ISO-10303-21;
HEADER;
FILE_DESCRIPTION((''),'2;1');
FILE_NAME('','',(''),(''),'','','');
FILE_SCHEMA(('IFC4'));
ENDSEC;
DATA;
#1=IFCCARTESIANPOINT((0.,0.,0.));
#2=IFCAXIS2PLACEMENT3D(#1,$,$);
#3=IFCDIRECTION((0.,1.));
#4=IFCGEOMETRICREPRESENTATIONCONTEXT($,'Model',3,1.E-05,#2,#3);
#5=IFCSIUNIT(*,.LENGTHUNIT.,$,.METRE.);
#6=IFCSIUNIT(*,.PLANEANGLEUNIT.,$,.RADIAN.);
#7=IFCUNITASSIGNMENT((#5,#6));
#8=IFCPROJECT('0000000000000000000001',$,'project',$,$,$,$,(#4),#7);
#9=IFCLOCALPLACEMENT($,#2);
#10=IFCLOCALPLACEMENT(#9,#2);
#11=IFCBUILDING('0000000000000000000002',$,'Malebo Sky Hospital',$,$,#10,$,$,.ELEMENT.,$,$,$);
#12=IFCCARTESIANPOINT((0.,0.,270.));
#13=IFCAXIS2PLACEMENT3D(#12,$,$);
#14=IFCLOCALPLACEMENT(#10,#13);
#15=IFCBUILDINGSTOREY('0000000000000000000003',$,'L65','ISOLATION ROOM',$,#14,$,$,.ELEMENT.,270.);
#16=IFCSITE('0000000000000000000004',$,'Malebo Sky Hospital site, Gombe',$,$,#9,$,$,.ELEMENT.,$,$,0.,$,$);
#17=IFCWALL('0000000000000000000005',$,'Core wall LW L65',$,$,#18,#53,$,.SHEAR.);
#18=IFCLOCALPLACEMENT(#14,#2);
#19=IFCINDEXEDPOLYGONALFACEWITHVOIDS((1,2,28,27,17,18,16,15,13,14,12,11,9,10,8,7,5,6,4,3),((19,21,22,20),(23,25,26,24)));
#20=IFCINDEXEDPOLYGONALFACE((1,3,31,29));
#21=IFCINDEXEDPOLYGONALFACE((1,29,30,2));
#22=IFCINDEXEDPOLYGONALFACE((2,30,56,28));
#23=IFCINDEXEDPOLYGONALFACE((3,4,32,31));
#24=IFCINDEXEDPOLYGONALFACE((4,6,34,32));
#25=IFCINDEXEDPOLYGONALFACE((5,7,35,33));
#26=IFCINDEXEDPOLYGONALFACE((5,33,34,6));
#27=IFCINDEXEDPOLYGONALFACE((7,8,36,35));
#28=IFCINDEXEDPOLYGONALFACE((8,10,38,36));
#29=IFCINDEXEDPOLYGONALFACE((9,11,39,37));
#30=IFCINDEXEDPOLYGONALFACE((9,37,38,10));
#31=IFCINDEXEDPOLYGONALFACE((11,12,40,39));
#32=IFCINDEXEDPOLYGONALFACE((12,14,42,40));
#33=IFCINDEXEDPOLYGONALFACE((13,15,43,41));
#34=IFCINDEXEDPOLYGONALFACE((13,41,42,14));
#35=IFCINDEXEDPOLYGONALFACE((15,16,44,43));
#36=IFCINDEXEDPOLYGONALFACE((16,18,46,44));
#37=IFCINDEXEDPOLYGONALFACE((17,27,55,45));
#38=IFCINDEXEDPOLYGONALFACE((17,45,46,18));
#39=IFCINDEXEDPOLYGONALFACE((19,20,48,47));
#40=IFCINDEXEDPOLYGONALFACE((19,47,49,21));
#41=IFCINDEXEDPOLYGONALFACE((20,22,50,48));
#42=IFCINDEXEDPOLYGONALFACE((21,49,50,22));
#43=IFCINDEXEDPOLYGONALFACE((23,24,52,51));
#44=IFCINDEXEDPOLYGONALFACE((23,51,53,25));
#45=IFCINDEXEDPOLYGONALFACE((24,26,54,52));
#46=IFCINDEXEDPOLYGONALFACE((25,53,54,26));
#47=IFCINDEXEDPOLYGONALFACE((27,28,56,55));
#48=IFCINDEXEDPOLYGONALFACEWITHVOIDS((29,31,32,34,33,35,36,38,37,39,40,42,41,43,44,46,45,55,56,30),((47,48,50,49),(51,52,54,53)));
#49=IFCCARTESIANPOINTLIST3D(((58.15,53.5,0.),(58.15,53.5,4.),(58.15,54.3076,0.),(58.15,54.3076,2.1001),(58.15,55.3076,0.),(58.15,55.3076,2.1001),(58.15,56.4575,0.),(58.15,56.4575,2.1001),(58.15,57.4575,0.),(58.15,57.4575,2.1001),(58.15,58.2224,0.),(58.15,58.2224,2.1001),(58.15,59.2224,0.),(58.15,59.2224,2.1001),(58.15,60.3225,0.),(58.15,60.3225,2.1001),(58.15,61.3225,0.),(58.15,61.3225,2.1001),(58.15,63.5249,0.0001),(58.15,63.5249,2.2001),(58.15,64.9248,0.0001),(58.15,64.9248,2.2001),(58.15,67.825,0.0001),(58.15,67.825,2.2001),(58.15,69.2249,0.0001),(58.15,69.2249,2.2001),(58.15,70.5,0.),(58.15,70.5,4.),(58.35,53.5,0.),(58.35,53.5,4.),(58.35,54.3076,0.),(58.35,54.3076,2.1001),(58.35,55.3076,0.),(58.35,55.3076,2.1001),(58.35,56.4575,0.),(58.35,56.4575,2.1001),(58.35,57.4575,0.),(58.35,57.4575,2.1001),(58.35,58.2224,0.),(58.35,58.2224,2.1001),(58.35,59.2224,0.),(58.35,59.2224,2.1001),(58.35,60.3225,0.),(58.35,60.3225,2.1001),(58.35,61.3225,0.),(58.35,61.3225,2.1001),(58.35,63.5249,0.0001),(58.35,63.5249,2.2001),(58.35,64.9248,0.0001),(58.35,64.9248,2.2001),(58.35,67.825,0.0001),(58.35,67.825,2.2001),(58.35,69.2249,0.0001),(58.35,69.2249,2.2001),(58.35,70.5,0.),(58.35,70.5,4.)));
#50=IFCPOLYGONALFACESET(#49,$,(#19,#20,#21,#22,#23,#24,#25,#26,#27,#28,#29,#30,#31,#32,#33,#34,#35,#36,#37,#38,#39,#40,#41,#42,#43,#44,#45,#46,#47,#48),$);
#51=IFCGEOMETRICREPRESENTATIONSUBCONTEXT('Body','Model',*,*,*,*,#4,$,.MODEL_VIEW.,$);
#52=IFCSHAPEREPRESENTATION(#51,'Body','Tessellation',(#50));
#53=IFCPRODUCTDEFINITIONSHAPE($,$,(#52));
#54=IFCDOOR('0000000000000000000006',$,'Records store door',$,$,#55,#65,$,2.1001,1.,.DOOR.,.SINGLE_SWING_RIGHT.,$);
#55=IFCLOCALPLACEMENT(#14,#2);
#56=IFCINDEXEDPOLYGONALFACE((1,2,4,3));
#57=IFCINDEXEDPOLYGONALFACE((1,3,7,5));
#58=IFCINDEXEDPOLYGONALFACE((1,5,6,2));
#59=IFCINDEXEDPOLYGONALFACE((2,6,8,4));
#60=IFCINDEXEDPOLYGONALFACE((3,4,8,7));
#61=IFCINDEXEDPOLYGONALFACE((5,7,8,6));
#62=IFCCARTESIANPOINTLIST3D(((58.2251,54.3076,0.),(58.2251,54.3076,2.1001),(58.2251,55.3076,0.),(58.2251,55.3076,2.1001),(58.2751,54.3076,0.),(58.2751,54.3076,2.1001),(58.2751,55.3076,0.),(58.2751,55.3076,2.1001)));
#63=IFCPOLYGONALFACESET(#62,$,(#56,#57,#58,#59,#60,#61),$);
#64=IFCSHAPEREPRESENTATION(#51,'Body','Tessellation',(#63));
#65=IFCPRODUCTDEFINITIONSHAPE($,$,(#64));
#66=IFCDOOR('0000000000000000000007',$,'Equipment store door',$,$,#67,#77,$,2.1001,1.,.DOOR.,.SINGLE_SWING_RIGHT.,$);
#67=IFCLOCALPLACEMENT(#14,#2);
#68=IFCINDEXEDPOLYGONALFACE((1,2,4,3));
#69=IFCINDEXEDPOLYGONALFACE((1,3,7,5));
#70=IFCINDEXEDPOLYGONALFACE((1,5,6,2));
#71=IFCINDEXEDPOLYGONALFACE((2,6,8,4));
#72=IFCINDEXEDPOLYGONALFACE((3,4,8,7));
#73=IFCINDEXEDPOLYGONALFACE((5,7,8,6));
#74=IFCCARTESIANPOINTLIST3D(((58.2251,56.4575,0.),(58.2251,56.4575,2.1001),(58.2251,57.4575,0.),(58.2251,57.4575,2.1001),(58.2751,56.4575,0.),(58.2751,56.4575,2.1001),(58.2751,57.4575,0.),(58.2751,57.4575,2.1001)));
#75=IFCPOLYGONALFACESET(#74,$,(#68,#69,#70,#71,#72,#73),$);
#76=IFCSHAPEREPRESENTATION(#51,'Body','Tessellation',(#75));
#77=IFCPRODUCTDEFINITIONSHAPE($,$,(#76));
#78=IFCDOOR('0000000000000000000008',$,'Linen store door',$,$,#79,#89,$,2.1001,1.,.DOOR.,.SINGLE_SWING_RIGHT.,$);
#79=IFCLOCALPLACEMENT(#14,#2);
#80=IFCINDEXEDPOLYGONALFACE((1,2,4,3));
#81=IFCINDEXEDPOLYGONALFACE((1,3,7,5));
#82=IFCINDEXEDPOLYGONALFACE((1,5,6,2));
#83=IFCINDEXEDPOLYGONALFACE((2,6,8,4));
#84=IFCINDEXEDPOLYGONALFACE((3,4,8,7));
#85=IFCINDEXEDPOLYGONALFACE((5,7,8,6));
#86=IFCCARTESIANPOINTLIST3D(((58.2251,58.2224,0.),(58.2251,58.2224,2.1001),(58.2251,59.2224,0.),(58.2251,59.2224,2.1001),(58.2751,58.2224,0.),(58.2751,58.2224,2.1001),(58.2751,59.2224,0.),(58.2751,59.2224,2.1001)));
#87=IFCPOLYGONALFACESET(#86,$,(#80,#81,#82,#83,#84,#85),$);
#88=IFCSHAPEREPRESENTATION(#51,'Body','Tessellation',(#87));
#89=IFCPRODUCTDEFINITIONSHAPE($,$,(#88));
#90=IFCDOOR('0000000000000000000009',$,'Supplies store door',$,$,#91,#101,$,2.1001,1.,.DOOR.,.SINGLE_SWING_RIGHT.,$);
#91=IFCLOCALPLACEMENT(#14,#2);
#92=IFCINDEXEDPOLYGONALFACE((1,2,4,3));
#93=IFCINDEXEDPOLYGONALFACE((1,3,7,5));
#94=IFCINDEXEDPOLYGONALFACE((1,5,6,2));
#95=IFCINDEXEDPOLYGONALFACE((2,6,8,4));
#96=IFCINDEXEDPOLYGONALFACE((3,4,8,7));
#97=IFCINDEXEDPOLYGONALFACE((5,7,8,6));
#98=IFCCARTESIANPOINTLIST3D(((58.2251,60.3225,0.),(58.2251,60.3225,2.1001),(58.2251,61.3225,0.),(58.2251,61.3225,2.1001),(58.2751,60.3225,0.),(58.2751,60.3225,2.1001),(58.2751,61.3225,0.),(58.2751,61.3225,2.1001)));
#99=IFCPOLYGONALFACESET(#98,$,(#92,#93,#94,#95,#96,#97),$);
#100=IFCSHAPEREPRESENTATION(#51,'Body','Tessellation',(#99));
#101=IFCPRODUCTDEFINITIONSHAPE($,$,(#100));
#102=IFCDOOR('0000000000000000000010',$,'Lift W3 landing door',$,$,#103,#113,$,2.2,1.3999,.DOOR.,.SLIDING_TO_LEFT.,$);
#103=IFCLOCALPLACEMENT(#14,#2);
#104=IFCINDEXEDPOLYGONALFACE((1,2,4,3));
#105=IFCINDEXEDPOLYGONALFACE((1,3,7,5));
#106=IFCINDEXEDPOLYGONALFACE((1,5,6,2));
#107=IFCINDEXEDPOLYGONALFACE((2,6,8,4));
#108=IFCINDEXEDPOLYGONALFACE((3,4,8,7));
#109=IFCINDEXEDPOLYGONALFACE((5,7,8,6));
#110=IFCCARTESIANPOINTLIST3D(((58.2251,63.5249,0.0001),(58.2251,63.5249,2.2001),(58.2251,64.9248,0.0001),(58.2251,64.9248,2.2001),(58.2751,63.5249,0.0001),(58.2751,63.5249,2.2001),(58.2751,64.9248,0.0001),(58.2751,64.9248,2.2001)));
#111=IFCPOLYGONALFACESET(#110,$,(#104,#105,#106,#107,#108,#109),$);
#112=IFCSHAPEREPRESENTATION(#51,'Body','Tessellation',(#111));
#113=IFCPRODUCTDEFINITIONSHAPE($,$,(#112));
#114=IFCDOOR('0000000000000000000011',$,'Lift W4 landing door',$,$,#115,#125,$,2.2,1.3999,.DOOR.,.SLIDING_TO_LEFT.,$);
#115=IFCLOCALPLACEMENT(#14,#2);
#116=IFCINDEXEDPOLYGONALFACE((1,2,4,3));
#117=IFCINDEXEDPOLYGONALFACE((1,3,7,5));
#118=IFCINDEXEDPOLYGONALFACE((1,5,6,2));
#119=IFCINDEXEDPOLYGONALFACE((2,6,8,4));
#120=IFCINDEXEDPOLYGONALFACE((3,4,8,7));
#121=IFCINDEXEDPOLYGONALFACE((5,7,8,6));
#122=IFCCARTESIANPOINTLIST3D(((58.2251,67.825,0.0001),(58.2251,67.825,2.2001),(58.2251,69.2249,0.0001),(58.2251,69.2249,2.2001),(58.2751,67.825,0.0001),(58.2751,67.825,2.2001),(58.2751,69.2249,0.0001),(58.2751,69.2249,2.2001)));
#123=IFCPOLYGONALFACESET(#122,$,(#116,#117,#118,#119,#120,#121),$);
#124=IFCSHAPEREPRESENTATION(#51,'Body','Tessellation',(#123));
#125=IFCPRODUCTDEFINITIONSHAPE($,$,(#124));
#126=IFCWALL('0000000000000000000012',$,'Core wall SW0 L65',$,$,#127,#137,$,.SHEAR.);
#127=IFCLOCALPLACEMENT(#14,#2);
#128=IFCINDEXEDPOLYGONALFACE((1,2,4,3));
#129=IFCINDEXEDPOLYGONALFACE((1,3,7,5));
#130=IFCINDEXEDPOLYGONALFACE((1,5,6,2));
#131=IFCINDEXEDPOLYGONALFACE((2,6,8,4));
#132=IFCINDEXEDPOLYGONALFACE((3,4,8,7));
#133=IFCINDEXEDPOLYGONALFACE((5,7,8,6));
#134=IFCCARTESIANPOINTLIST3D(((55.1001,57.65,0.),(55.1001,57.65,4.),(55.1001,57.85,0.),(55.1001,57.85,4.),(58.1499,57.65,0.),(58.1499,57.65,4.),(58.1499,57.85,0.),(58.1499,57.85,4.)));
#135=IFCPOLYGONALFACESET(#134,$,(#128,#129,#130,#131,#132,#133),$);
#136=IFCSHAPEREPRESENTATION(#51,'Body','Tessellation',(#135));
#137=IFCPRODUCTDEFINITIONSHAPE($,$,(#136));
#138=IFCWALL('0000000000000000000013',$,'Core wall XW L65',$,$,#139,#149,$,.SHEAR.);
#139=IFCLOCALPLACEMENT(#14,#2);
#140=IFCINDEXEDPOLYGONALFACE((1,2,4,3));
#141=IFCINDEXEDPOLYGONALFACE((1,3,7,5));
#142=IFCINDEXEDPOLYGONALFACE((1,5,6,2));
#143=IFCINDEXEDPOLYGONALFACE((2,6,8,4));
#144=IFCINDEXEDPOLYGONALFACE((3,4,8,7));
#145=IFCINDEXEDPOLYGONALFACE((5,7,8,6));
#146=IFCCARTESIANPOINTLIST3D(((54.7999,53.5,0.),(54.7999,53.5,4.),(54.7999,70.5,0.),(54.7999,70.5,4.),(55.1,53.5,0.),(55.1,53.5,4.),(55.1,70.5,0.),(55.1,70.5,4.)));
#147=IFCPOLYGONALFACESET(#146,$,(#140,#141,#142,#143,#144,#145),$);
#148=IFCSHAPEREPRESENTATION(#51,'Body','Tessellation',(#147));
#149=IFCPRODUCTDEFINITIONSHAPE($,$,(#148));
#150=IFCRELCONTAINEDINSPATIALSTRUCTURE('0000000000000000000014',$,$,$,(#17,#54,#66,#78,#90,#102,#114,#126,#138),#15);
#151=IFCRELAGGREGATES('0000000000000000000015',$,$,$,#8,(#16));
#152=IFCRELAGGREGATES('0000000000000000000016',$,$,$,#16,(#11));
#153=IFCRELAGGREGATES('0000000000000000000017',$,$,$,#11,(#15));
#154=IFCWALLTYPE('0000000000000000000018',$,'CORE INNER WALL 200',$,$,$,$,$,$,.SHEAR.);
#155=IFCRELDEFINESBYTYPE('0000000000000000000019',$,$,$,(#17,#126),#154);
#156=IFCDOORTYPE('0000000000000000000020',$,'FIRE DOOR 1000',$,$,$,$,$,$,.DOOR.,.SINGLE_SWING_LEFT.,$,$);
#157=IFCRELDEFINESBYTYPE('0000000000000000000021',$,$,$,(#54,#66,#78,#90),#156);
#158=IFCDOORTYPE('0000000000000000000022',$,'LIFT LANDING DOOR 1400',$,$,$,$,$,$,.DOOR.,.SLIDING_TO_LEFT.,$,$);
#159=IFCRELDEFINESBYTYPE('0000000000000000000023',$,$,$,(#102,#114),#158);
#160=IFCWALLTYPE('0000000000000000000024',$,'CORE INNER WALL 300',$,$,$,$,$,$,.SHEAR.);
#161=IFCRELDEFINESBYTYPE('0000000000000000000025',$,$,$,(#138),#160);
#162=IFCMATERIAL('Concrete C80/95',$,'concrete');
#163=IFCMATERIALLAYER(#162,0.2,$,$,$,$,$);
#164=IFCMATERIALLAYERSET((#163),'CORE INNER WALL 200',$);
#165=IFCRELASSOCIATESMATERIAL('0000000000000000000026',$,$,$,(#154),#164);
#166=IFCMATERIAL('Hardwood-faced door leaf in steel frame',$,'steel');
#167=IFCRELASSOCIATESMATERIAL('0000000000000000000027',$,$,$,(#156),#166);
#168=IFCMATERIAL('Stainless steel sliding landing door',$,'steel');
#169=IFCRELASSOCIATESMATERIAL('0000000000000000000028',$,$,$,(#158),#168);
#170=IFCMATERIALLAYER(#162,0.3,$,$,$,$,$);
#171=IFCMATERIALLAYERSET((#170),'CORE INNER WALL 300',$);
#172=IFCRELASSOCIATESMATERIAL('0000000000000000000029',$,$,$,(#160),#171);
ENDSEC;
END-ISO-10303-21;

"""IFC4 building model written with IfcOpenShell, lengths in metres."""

from ifc_helpers import new_model, si_unit, direction, frame, frame_2d, origin, place, context, subcontext, project, spatial, rectangle, extrude, material, layer, layer_set, type_object, element, fill, save


model = new_model("IFC4")

# Units and contexts
model_context = context("Model", 3, precision=1e-05, world=origin(), true_north=direction((0.0, 1.0)))
body_context = subcontext(model_context, "Body", "Model", "MODEL_VIEW")
ifc_project = project(units=[si_unit("LENGTHUNIT", "METRE"), si_unit("PLANEANGLEUNIT", "RADIAN")], contexts=[model_context])

# Site, building, storey
site_placement = place(None, origin())
site = spatial("IfcSite", under=ifc_project, at=site_placement, Name="Malebo Sky Hospital site, Gombe", CompositionType="ELEMENT", RefElevation=0.0)
building_placement = place(site_placement, origin())
building = spatial("IfcBuilding", under=site, at=building_placement, Name="Malebo Sky Hospital", CompositionType="ELEMENT")
storey_placement = place(building_placement, frame((0.0, 0.0, 270.0)))
storey = spatial("IfcBuildingStorey", under=building, at=storey_placement, Name="L65", Description="ISOLATION ROOM", CompositionType="ELEMENT", Elevation=270.0)

# Wall, openings, doors
ifc_material_1 = material(Name="Concrete C80/95", Category="concrete")
ifc_layer_1 = layer(ifc_material_1, 0.2)
ifc_layer_set_1 = layer_set([ifc_layer_1], Name="CORE INNER WALL 200")
wall_type_1 = type_object("IfcWallType", Name="CORE INNER WALL 200", PredefinedType="SHEAR", material=ifc_layer_set_1)
wall_1_placement = place(storey_placement, frame((58.25, 53.5, 0.0), z_axis=(0.0, 0.0, 1.0), x_axis=(0.0, 1.0, 0.0)))
wall_1 = element("IfcWall", 1, at=wall_1_placement, inside=storey, type_object=wall_type_1, Name="Core wall LW L65", PredefinedType="SHEAR", context=body_context, shape_type="SweptSolid", body=[
    extrude(rectangle(XDim=17.0, YDim=0.2, at=frame_2d((8.5, 0.0))), origin(), (0.0, 0.0, 1.0), 4.0),
])
opening_1_placement = place(wall_1_placement, frame((0.8076, 0.0, 0.0)))
opening_1 = element("IfcOpeningElement", 2, at=opening_1_placement, cuts=wall_1, PredefinedType="OPENING", context=body_context, shape_type="SweptSolid", body=[
    extrude(rectangle(XDim=1.0, YDim=2.1001, at=frame_2d((0.5, 1.05))), frame((0.0, 0.1099, 0.0), z_axis=(0.0, -1.0, 0.0), x_axis=(1.0, 0.0, 0.0)), (0.0, 0.0, 1.0), 0.22),
])
opening_2_placement = place(wall_1_placement, frame((2.9575, 0.0, 0.0)))
opening_2 = element("IfcOpeningElement", 3, at=opening_2_placement, cuts=wall_1, PredefinedType="OPENING", context=body_context, shape_type="SweptSolid", body=[
    extrude(rectangle(XDim=1.0, YDim=2.1001, at=frame_2d((0.5, 1.05))), frame((0.0, 0.1099, 0.0), z_axis=(0.0, -1.0, 0.0), x_axis=(1.0, 0.0, 0.0)), (0.0, 0.0, 1.0), 0.22),
])
opening_3_placement = place(wall_1_placement, frame((4.7224, 0.0, 0.0)))
opening_3 = element("IfcOpeningElement", 4, at=opening_3_placement, cuts=wall_1, PredefinedType="OPENING", context=body_context, shape_type="SweptSolid", body=[
    extrude(rectangle(XDim=1.0, YDim=2.1001, at=frame_2d((0.5, 1.05))), frame((0.0, 0.1099, 0.0), z_axis=(0.0, -1.0, 0.0), x_axis=(1.0, 0.0, 0.0)), (0.0, 0.0, 1.0), 0.22),
])
opening_4_placement = place(wall_1_placement, frame((6.8225, 0.0, 0.0)))
opening_4 = element("IfcOpeningElement", 5, at=opening_4_placement, cuts=wall_1, PredefinedType="OPENING", context=body_context, shape_type="SweptSolid", body=[
    extrude(rectangle(XDim=1.0, YDim=2.1001, at=frame_2d((0.5, 1.05))), frame((0.0, 0.1099, 0.0), z_axis=(0.0, -1.0, 0.0), x_axis=(1.0, 0.0, 0.0)), (0.0, 0.0, 1.0), 0.22),
])
opening_5_placement = place(wall_1_placement, frame((10.0249, 0.0, 0.0)))
opening_5 = element("IfcOpeningElement", 6, at=opening_5_placement, cuts=wall_1, PredefinedType="OPENING", context=body_context, shape_type="SweptSolid", body=[
    extrude(rectangle(XDim=1.3999, YDim=2.2, at=frame_2d((0.7, 1.1001))), frame((0.0, 0.1099, 0.0), z_axis=(0.0, -1.0, 0.0), x_axis=(1.0, 0.0, 0.0)), (0.0, 0.0, 1.0), 0.22),
])
opening_6_placement = place(wall_1_placement, frame((14.325, 0.0, 0.0)))
opening_6 = element("IfcOpeningElement", 7, at=opening_6_placement, cuts=wall_1, PredefinedType="OPENING", context=body_context, shape_type="SweptSolid", body=[
    extrude(rectangle(XDim=1.3999, YDim=2.2, at=frame_2d((0.7, 1.1001))), frame((0.0, 0.1099, 0.0), z_axis=(0.0, -1.0, 0.0), x_axis=(1.0, 0.0, 0.0)), (0.0, 0.0, 1.0), 0.22),
])
ifc_material_2 = material(Name="Hardwood-faced door leaf in steel frame", Category="steel")
door_type_1 = type_object("IfcDoorType", Name="FIRE DOOR 1000", OperationType="SINGLE_SWING_LEFT", PredefinedType="DOOR", material=ifc_material_2)
door_1_placement = place(opening_1_placement, origin())
door_1 = element("IfcDoor", 8, at=door_1_placement, inside=storey, type_object=door_type_1, Name="Records store door", OperationType="SINGLE_SWING_RIGHT", OverallHeight=2.1001, OverallWidth=1.0, PredefinedType="DOOR", context=body_context, shape_type="SweptSolid", body=[
    extrude(rectangle(XDim=1.0, YDim=2.1001, at=frame_2d((0.5, 1.05))), frame((0.0, 0.0249, 0.0), z_axis=(0.0, -1.0, 0.0), x_axis=(1.0, 0.0, 0.0)), (0.0, 0.0, 1.0), 0.05),
])
fill(opening_1, door_1)
door_2_placement = place(opening_2_placement, origin())
door_2 = element("IfcDoor", 9, at=door_2_placement, inside=storey, type_object=door_type_1, Name="Equipment store door", OperationType="SINGLE_SWING_RIGHT", OverallHeight=2.1001, OverallWidth=1.0, PredefinedType="DOOR", context=body_context, shape_type="SweptSolid", body=[
    extrude(rectangle(XDim=1.0, YDim=2.1001, at=frame_2d((0.5, 1.05))), frame((0.0, 0.0249, 0.0), z_axis=(0.0, -1.0, 0.0), x_axis=(1.0, 0.0, 0.0)), (0.0, 0.0, 1.0), 0.05),
])
fill(opening_2, door_2)
door_3_placement = place(opening_3_placement, origin())
door_3 = element("IfcDoor", 10, at=door_3_placement, inside=storey, type_object=door_type_1, Name="Linen store door", OperationType="SINGLE_SWING_RIGHT", OverallHeight=2.1001, OverallWidth=1.0, PredefinedType="DOOR", context=body_context, shape_type="SweptSolid", body=[
    extrude(rectangle(XDim=1.0, YDim=2.1001, at=frame_2d((0.5, 1.05))), frame((0.0, 0.0249, 0.0), z_axis=(0.0, -1.0, 0.0), x_axis=(1.0, 0.0, 0.0)), (0.0, 0.0, 1.0), 0.05),
])
fill(opening_3, door_3)
door_4_placement = place(opening_4_placement, origin())
door_4 = element("IfcDoor", 11, at=door_4_placement, inside=storey, type_object=door_type_1, Name="Supplies store door", OperationType="SINGLE_SWING_RIGHT", OverallHeight=2.1001, OverallWidth=1.0, PredefinedType="DOOR", context=body_context, shape_type="SweptSolid", body=[
    extrude(rectangle(XDim=1.0, YDim=2.1001, at=frame_2d((0.5, 1.05))), frame((0.0, 0.0249, 0.0), z_axis=(0.0, -1.0, 0.0), x_axis=(1.0, 0.0, 0.0)), (0.0, 0.0, 1.0), 0.05),
])
fill(opening_4, door_4)
ifc_material_3 = material(Name="Stainless steel sliding landing door", Category="steel")
door_type_2 = type_object("IfcDoorType", Name="LIFT LANDING DOOR 1400", OperationType="SLIDING_TO_LEFT", PredefinedType="DOOR", material=ifc_material_3)
door_5_placement = place(opening_5_placement, origin())
door_5 = element("IfcDoor", 12, at=door_5_placement, inside=storey, type_object=door_type_2, Name="Lift W3 landing door", OperationType="SLIDING_TO_LEFT", OverallHeight=2.2, OverallWidth=1.3999, PredefinedType="DOOR", context=body_context, shape_type="SweptSolid", body=[
    extrude(rectangle(XDim=1.3999, YDim=2.2, at=frame_2d((0.7, 1.1001))), frame((0.0, 0.0249, 0.0), z_axis=(0.0, -1.0, 0.0), x_axis=(1.0, 0.0, 0.0)), (0.0, 0.0, 1.0), 0.05),
])
fill(opening_5, door_5)
door_6_placement = place(opening_6_placement, origin())
door_6 = element("IfcDoor", 13, at=door_6_placement, inside=storey, type_object=door_type_2, Name="Lift W4 landing door", OperationType="SLIDING_TO_LEFT", OverallHeight=2.2, OverallWidth=1.3999, PredefinedType="DOOR", context=body_context, shape_type="SweptSolid", body=[
    extrude(rectangle(XDim=1.3999, YDim=2.2, at=frame_2d((0.7, 1.1001))), frame((0.0, 0.0249, 0.0), z_axis=(0.0, -1.0, 0.0), x_axis=(1.0, 0.0, 0.0)), (0.0, 0.0, 1.0), 0.05),
])
fill(opening_6, door_6)

# Walls
wall_2_placement = place(storey_placement, frame((55.1001, 57.75, 0.0), z_axis=(0.0, 0.0, 1.0), x_axis=(1.0, 0.0, 0.0)))
element("IfcWall", 14, at=wall_2_placement, inside=storey, type_object=wall_type_1, Name="Core wall SW0 L65", PredefinedType="SHEAR", context=body_context, shape_type="SweptSolid", body=[
    extrude(rectangle(XDim=3.0498, YDim=0.2, at=frame_2d((1.5249, 0.0))), origin(), (0.0, 0.0, 1.0), 4.0),
])
ifc_layer_2 = layer(ifc_material_1, 0.3)
ifc_layer_set_2 = layer_set([ifc_layer_2], Name="CORE INNER WALL 300")
wall_type_2 = type_object("IfcWallType", Name="CORE INNER WALL 300", PredefinedType="SHEAR", material=ifc_layer_set_2)
wall_3_placement = place(storey_placement, frame((54.95, 53.5, 0.0), z_axis=(0.0, 0.0, 1.0), x_axis=(0.0, 1.0, 0.0)))
element("IfcWall", 15, at=wall_3_placement, inside=storey, type_object=wall_type_2, Name="Core wall XW L65", PredefinedType="SHEAR", context=body_context, shape_type="SweptSolid", body=[
    extrude(rectangle(XDim=17.0, YDim=0.3, at=frame_2d((8.5, 0.0))), origin(), (0.0, 0.0, 1.0), 4.0),
])

save(model, "model.ifc")
